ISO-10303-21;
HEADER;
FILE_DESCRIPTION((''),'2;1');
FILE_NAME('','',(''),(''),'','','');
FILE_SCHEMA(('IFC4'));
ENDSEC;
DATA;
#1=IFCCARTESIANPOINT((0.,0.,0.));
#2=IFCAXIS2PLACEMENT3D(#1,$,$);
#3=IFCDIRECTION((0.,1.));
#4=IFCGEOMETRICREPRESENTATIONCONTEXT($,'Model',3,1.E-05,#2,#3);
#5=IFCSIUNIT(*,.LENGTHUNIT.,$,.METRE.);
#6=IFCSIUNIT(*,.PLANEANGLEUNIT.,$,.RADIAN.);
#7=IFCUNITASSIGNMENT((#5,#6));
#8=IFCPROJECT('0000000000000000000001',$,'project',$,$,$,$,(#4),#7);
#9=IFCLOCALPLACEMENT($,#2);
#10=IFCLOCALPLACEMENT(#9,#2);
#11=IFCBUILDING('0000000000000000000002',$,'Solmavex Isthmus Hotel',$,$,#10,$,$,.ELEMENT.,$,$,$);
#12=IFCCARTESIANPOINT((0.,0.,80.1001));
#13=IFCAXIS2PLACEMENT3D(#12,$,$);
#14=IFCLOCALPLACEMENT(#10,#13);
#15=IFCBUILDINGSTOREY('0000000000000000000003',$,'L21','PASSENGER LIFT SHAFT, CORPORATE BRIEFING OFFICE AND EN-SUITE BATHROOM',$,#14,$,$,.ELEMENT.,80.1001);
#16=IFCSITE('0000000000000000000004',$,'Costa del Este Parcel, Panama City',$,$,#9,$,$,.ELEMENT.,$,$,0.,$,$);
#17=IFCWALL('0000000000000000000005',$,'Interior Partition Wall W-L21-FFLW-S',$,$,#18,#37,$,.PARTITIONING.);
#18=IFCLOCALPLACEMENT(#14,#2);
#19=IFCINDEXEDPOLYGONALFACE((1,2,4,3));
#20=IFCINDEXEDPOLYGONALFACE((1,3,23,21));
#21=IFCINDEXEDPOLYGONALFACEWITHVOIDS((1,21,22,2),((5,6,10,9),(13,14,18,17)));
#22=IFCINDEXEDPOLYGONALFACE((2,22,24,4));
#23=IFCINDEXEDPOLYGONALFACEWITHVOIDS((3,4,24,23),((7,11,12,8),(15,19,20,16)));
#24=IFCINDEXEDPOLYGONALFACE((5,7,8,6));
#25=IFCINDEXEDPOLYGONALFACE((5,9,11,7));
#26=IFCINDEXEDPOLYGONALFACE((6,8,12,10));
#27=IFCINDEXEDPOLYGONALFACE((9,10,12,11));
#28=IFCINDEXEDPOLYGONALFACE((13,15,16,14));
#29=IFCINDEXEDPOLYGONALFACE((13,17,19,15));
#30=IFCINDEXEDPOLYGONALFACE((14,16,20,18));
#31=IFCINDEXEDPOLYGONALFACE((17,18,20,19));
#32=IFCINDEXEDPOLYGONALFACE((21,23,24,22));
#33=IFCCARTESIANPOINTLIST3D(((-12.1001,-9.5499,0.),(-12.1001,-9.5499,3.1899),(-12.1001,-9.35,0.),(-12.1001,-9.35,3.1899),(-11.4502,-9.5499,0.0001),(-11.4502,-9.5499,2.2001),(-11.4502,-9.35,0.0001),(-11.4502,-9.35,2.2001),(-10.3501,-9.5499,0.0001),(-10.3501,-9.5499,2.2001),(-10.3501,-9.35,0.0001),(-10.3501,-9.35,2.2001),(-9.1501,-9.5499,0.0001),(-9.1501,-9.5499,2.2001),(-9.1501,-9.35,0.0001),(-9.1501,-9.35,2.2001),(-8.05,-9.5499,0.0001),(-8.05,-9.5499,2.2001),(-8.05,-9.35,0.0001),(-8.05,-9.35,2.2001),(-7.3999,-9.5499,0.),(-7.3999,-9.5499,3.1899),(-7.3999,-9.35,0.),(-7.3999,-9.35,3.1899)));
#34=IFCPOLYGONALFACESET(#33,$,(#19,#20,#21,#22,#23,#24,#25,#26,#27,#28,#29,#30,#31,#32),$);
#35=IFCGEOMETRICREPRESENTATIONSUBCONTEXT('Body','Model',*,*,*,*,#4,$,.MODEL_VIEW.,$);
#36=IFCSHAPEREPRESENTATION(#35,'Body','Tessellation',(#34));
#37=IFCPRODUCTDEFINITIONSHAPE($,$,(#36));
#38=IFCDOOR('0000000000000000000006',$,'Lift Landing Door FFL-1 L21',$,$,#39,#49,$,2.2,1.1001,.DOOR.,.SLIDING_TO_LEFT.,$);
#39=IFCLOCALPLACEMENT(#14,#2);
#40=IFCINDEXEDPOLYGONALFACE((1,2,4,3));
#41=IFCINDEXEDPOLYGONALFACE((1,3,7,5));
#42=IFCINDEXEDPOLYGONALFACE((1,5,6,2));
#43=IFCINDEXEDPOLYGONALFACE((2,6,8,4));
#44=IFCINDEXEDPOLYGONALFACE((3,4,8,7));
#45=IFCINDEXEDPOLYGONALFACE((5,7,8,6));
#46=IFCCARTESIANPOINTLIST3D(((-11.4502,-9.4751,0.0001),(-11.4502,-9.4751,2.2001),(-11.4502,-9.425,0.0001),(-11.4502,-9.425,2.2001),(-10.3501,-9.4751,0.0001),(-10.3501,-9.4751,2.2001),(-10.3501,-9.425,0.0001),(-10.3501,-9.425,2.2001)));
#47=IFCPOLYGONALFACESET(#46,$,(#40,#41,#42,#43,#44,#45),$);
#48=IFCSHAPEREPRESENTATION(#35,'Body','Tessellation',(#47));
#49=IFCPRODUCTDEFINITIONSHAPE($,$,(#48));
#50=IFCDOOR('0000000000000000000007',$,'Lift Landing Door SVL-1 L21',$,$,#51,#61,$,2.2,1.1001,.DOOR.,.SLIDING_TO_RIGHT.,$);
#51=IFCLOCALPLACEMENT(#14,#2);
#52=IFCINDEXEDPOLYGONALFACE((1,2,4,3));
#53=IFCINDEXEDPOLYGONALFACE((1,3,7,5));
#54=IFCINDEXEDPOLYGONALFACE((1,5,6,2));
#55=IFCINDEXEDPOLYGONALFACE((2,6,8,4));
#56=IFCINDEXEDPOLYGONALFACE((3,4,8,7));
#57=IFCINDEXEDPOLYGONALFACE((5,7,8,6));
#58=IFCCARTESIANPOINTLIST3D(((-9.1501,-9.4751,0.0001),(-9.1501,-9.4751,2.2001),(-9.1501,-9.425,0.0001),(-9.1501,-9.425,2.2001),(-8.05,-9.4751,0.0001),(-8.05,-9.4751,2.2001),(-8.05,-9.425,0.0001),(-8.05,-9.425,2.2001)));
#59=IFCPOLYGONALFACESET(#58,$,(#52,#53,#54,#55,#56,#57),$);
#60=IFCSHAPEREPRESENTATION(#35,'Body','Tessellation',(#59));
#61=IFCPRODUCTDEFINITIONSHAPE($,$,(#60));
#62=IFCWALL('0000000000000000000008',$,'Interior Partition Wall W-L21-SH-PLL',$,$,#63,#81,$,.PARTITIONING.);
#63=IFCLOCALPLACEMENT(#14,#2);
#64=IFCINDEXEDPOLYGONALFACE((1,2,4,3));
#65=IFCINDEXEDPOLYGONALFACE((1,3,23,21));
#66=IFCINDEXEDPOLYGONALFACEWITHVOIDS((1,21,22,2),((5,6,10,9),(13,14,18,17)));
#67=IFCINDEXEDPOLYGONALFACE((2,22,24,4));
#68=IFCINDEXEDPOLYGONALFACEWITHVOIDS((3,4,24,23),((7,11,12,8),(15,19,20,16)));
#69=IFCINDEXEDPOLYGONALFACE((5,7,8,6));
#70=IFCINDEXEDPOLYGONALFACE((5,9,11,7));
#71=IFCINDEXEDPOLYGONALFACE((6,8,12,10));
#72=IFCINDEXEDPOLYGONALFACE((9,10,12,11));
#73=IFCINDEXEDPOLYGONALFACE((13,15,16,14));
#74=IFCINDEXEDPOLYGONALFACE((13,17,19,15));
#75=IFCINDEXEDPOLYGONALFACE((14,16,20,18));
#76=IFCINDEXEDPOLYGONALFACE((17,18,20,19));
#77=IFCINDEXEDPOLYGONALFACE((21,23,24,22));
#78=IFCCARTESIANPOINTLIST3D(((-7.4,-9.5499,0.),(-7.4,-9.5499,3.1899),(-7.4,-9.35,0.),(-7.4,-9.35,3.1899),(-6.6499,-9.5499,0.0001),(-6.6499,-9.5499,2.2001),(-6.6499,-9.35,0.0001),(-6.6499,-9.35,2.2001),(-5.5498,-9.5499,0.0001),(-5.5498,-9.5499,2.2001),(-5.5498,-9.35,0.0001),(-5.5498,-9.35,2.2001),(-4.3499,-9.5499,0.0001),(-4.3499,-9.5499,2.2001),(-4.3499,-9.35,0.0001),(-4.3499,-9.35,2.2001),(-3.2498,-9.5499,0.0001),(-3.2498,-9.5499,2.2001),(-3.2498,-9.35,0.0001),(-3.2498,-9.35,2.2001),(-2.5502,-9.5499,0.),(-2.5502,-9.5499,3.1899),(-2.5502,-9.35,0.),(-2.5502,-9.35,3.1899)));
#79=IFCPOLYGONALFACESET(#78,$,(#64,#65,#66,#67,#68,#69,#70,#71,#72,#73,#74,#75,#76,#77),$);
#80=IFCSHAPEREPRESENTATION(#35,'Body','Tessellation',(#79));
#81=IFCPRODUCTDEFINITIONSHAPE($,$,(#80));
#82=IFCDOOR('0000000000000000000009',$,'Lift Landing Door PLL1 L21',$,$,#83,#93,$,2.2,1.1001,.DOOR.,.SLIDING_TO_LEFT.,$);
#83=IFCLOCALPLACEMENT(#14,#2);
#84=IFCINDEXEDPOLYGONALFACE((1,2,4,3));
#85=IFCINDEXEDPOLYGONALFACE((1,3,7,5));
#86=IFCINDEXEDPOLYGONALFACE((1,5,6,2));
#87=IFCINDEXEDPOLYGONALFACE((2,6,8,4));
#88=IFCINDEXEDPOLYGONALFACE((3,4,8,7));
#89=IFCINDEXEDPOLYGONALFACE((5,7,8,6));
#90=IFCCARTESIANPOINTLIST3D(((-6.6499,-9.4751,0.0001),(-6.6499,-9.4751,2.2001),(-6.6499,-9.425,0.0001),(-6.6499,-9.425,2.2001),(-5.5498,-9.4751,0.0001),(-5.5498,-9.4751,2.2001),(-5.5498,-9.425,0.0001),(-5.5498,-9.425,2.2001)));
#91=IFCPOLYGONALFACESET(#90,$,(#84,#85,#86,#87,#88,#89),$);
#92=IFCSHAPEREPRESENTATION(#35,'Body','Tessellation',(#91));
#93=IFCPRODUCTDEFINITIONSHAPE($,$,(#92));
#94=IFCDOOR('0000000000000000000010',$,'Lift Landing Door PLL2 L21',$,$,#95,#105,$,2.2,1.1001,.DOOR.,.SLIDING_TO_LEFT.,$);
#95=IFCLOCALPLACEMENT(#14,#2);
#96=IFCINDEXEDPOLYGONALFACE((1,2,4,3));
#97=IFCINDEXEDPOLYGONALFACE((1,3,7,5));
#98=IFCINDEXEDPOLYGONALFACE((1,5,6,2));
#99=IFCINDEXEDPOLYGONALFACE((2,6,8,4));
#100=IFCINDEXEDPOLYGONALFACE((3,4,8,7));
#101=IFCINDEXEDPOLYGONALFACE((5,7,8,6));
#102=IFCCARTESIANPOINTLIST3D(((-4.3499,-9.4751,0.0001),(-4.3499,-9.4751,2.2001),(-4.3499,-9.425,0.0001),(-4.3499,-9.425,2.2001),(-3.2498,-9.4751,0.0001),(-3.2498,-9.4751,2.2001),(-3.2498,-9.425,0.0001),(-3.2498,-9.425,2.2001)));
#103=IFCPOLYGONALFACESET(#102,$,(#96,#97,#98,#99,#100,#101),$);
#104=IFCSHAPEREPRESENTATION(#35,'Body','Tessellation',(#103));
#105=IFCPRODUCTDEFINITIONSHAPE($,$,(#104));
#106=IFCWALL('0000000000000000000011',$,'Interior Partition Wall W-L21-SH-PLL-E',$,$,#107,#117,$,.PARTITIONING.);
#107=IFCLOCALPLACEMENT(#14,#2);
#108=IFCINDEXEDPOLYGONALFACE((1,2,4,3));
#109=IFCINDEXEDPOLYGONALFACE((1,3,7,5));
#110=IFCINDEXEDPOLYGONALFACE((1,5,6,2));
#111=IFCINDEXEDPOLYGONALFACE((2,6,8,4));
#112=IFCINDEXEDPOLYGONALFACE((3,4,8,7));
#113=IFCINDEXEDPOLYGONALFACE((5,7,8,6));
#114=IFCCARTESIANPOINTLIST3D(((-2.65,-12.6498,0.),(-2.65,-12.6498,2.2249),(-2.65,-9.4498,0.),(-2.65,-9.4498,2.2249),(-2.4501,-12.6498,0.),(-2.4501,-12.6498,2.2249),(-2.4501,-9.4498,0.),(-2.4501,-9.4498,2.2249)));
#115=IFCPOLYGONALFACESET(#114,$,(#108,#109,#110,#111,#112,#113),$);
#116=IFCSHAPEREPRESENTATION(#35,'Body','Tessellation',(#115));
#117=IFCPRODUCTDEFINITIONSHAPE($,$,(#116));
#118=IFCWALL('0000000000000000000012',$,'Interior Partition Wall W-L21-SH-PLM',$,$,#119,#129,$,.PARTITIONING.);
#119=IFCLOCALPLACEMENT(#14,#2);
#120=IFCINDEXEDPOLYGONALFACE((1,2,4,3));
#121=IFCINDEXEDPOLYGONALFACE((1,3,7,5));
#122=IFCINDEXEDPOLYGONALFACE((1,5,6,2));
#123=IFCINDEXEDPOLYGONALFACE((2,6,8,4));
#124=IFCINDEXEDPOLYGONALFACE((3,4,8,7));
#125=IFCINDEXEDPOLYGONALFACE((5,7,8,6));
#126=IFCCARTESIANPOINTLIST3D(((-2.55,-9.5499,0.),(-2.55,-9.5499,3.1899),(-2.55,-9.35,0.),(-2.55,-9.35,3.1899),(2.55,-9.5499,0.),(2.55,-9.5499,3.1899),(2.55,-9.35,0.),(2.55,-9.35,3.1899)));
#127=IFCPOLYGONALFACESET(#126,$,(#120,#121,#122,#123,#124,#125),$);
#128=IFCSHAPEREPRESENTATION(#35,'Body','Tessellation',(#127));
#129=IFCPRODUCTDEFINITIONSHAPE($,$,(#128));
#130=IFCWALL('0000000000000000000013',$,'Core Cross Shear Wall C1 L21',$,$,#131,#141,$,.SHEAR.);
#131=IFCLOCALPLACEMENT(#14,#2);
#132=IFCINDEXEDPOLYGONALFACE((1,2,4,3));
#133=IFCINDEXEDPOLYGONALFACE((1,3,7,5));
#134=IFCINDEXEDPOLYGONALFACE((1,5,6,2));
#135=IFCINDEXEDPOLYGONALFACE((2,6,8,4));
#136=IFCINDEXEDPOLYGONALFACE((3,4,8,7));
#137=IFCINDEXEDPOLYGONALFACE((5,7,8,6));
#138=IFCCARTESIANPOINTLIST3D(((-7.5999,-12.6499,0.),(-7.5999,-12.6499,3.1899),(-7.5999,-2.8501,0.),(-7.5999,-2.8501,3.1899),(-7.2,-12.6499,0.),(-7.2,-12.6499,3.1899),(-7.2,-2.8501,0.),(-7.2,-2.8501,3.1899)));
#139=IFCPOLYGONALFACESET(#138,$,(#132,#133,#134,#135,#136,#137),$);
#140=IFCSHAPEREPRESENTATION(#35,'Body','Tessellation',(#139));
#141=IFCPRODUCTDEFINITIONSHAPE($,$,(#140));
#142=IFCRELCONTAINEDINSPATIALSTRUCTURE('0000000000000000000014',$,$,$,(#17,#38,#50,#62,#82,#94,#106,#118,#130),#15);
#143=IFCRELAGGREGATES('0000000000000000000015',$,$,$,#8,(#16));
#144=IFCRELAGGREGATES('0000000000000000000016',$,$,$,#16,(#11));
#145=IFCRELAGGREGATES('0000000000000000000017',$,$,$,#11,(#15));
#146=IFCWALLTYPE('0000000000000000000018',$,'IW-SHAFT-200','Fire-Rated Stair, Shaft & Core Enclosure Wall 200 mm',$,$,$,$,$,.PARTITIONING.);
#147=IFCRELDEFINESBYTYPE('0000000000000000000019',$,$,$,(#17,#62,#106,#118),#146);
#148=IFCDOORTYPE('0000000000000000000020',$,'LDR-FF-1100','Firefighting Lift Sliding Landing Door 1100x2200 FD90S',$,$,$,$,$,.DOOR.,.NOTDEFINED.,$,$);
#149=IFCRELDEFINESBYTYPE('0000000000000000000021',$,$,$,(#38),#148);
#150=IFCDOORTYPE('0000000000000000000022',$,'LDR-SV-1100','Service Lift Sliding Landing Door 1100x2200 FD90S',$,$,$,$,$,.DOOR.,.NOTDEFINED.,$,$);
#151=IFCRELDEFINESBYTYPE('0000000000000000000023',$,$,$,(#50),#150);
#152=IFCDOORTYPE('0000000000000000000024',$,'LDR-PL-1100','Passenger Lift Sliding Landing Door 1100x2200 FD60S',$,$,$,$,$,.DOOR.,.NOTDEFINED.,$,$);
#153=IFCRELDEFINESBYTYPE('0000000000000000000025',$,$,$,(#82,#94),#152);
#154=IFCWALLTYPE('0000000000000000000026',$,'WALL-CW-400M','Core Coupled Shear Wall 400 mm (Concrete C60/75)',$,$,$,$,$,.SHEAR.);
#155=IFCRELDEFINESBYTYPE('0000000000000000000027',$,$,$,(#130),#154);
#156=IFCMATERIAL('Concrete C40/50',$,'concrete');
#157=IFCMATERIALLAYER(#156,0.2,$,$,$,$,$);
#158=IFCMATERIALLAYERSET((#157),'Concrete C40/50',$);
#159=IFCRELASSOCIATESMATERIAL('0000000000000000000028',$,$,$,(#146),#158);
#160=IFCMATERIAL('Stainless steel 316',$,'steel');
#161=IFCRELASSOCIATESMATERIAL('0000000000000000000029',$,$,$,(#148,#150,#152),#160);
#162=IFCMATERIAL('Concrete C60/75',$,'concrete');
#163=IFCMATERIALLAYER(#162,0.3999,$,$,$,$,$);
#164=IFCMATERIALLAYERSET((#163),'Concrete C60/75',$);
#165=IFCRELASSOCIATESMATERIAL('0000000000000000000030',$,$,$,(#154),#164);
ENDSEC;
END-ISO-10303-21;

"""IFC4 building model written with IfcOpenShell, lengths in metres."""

from ifc_helpers import new_model, si_unit, direction, frame, frame_2d, origin, place, context, subcontext, project, spatial, rectangle, extrude, material, layer, layer_set, type_object, element, fill, save


model = new_model("IFC4")

# Units and contexts
model_context = context("Model", 3, precision=1e-05, world=origin(), true_north=direction((0.0, 1.0)))
body_context = subcontext(model_context, "Body", "Model", "MODEL_VIEW")
ifc_project = project(units=[si_unit("LENGTHUNIT", "METRE"), si_unit("PLANEANGLEUNIT", "RADIAN")], contexts=[model_context])

# Site, building, storey
site_placement = place(None, origin())
site = spatial("IfcSite", under=ifc_project, at=site_placement, Name="Costa del Este Parcel, Panama City", CompositionType="ELEMENT", RefElevation=0.0)
building_placement = place(site_placement, origin())
building = spatial("IfcBuilding", under=site, at=building_placement, Name="Solmavex Isthmus Hotel", CompositionType="ELEMENT")
storey_placement = place(building_placement, frame((0.0, 0.0, 80.1001)))
storey = spatial("IfcBuildingStorey", under=building, at=storey_placement, Name="L21", Description="PASSENGER LIFT SHAFT, CORPORATE BRIEFING OFFICE AND EN-SUITE BATHROOM", CompositionType="ELEMENT", Elevation=80.1001)

# Shared definitions
ifc_material_1 = material(Name="Concrete C40/50", Category="concrete")

# Shared definitions
ifc_layer_1 = layer(ifc_material_1, 0.2)
ifc_layer_set_1 = layer_set([ifc_layer_1], Name="Concrete C40/50")
wall_type_1 = type_object("IfcWallType", Name="IW-SHAFT-200", Description="Fire-Rated Stair, Shaft & Core Enclosure Wall 200 mm", PredefinedType="PARTITIONING", material=ifc_layer_set_1)

# Walls, openings, doors
wall_1_placement = place(storey_placement, frame((-12.1001, -9.45, 0.0), z_axis=(0.0, 0.0, 1.0), x_axis=(1.0, 0.0, 0.0)))
wall_1 = element("IfcWall", 1, at=wall_1_placement, inside=storey, type_object=wall_type_1, Name="Interior Partition Wall W-L21-FFLW-S", PredefinedType="PARTITIONING", context=body_context, shape_type="SweptSolid", body=[
    extrude(rectangle(XDim=4.7002, YDim=0.2, at=frame_2d((2.3501, 0.0))), origin(), (0.0, 0.0, 1.0), 3.1899),
])
opening_1_placement = place(wall_1_placement, frame((0.6499, 0.0, 0.0)))
opening_1 = element("IfcOpeningElement", 2, at=opening_1_placement, cuts=wall_1, PredefinedType="OPENING", context=body_context, shape_type="SweptSolid", body=[
    extrude(rectangle(XDim=1.1001, YDim=2.2, at=frame_2d((0.55, 1.1001))), frame((0.0, 0.1099, 0.0), z_axis=(0.0, -1.0, 0.0), x_axis=(1.0, 0.0, 0.0)), (0.0, 0.0, 1.0), 0.22),
])
opening_2_placement = place(wall_1_placement, frame((2.95, 0.0, 0.0)))
opening_2 = element("IfcOpeningElement", 3, at=opening_2_placement, cuts=wall_1, PredefinedType="OPENING", context=body_context, shape_type="SweptSolid", body=[
    extrude(rectangle(XDim=1.1001, YDim=2.2, at=frame_2d((0.55, 1.1001))), frame((0.0, 0.1099, 0.0), z_axis=(0.0, -1.0, 0.0), x_axis=(1.0, 0.0, 0.0)), (0.0, 0.0, 1.0), 0.22),
])
ifc_material_2 = material(Name="Stainless steel 316", Category="steel")
door_type_1 = type_object("IfcDoorType", Name="LDR-FF-1100", Description="Firefighting Lift Sliding Landing Door 1100x2200 FD90S", OperationType="NOTDEFINED", PredefinedType="DOOR", material=ifc_material_2)
door_1_placement = place(opening_1_placement, origin())
door_1 = element("IfcDoor", 4, at=door_1_placement, inside=storey, type_object=door_type_1, Name="Lift Landing Door FFL-1 L21", OperationType="SLIDING_TO_LEFT", OverallHeight=2.2, OverallWidth=1.1001, PredefinedType="DOOR", context=body_context, shape_type="SweptSolid", body=[
    extrude(rectangle(XDim=1.1001, YDim=2.2, at=frame_2d((0.55, 1.1001))), frame((0.0, 0.0249, 0.0), z_axis=(0.0, -1.0, 0.0), x_axis=(1.0, 0.0, 0.0)), (0.0, 0.0, 1.0), 0.05),
])
fill(opening_1, door_1)
door_type_2 = type_object("IfcDoorType", Name="LDR-SV-1100", Description="Service Lift Sliding Landing Door 1100x2200 FD90S", OperationType="NOTDEFINED", PredefinedType="DOOR", material=ifc_material_2)
door_2_placement = place(opening_2_placement, origin())
door_2 = element("IfcDoor", 5, at=door_2_placement, inside=storey, type_object=door_type_2, Name="Lift Landing Door SVL-1 L21", OperationType="SLIDING_TO_RIGHT", OverallHeight=2.2, OverallWidth=1.1001, PredefinedType="DOOR", context=body_context, shape_type="SweptSolid", body=[
    extrude(rectangle(XDim=1.1001, YDim=2.2, at=frame_2d((0.55, 1.1001))), frame((0.0, 0.0249, 0.0), z_axis=(0.0, -1.0, 0.0), x_axis=(1.0, 0.0, 0.0)), (0.0, 0.0, 1.0), 0.05),
])
fill(opening_2, door_2)
wall_2_placement = place(storey_placement, frame((-7.3999, -9.45, 0.0), z_axis=(0.0, 0.0, 1.0), x_axis=(1.0, 0.0, 0.0)))
wall_2 = element("IfcWall", 6, at=wall_2_placement, inside=storey, type_object=wall_type_1, Name="Interior Partition Wall W-L21-SH-PLL", PredefinedType="PARTITIONING", context=body_context, shape_type="SweptSolid", body=[
    extrude(rectangle(XDim=4.8499, YDim=0.2, at=frame_2d((2.4248, 0.0))), origin(), (0.0, 0.0, 1.0), 3.1899),
])
opening_3_placement = place(wall_2_placement, frame((0.75, 0.0, 0.0)))
opening_3 = element("IfcOpeningElement", 7, at=opening_3_placement, cuts=wall_2, PredefinedType="OPENING", context=body_context, shape_type="SweptSolid", body=[
    extrude(rectangle(XDim=1.1001, YDim=2.2, at=frame_2d((0.55, 1.1001))), frame((0.0, 0.1099, 0.0), z_axis=(0.0, -1.0, 0.0), x_axis=(1.0, 0.0, 0.0)), (0.0, 0.0, 1.0), 0.22),
])
opening_4_placement = place(wall_2_placement, frame((3.05, 0.0, 0.0)))
opening_4 = element("IfcOpeningElement", 8, at=opening_4_placement, cuts=wall_2, PredefinedType="OPENING", context=body_context, shape_type="SweptSolid", body=[
    extrude(rectangle(XDim=1.1001, YDim=2.2, at=frame_2d((0.55, 1.1001))), frame((0.0, 0.1099, 0.0), z_axis=(0.0, -1.0, 0.0), x_axis=(1.0, 0.0, 0.0)), (0.0, 0.0, 1.0), 0.22),
])
door_type_3 = type_object("IfcDoorType", Name="LDR-PL-1100", Description="Passenger Lift Sliding Landing Door 1100x2200 FD60S", OperationType="NOTDEFINED", PredefinedType="DOOR", material=ifc_material_2)
door_3_placement = place(opening_3_placement, origin())
door_3 = element("IfcDoor", 9, at=door_3_placement, inside=storey, type_object=door_type_3, Name="Lift Landing Door PLL1 L21", OperationType="SLIDING_TO_LEFT", OverallHeight=2.2, OverallWidth=1.1001, PredefinedType="DOOR", context=body_context, shape_type="SweptSolid", body=[
    extrude(rectangle(XDim=1.1001, YDim=2.2, at=frame_2d((0.55, 1.1001))), frame((0.0, 0.0249, 0.0), z_axis=(0.0, -1.0, 0.0), x_axis=(1.0, 0.0, 0.0)), (0.0, 0.0, 1.0), 0.05),
])
fill(opening_3, door_3)
door_4_placement = place(opening_4_placement, origin())
door_4 = element("IfcDoor", 10, at=door_4_placement, inside=storey, type_object=door_type_3, Name="Lift Landing Door PLL2 L21", OperationType="SLIDING_TO_LEFT", OverallHeight=2.2, OverallWidth=1.1001, PredefinedType="DOOR", context=body_context, shape_type="SweptSolid", body=[
    extrude(rectangle(XDim=1.1001, YDim=2.2, at=frame_2d((0.55, 1.1001))), frame((0.0, 0.0249, 0.0), z_axis=(0.0, -1.0, 0.0), x_axis=(1.0, 0.0, 0.0)), (0.0, 0.0, 1.0), 0.05),
])
fill(opening_4, door_4)

# Walls
wall_3_placement = place(storey_placement, frame((-2.55, -12.6499, 0.0), z_axis=(0.0, 0.0, 1.0), x_axis=(0.0, 1.0, 0.0)))
element("IfcWall", 11, at=wall_3_placement, inside=storey, type_object=wall_type_1, Name="Interior Partition Wall W-L21-SH-PLL-E", PredefinedType="PARTITIONING", context=body_context, shape_type="SweptSolid", body=[
    extrude(rectangle(XDim=3.2, YDim=0.2, at=frame_2d((1.6001, 0.0))), origin(), (0.0, 0.0, 1.0), 2.2249),
])
wall_4_placement = place(storey_placement, frame((-2.55, -9.45, 0.0), z_axis=(0.0, 0.0, 1.0), x_axis=(1.0, 0.0, 0.0)))
element("IfcWall", 12, at=wall_4_placement, inside=storey, type_object=wall_type_1, Name="Interior Partition Wall W-L21-SH-PLM", PredefinedType="PARTITIONING", context=body_context, shape_type="SweptSolid", body=[
    extrude(rectangle(XDim=5.1001, YDim=0.2, at=frame_2d((2.55, 0.0))), origin(), (0.0, 0.0, 1.0), 3.1899),
])
ifc_material_3 = material(Name="Concrete C60/75", Category="concrete")
ifc_layer_2 = layer(ifc_material_3, 0.3999)
ifc_layer_set_2 = layer_set([ifc_layer_2], Name="Concrete C60/75")
wall_type_2 = type_object("IfcWallType", Name="WALL-CW-400M", Description="Core Coupled Shear Wall 400 mm (Concrete C60/75)", PredefinedType="SHEAR", material=ifc_layer_set_2)
wall_5_placement = place(storey_placement, frame((-7.3999, -12.6499, 0.0), z_axis=(0.0, 0.0, 1.0), x_axis=(0.0, 1.0, 0.0)))
element("IfcWall", 13, at=wall_5_placement, inside=storey, type_object=wall_type_2, Name="Core Cross Shear Wall C1 L21", PredefinedType="SHEAR", context=body_context, shape_type="SweptSolid", body=[
    extrude(rectangle(XDim=9.7998, YDim=0.3999, at=frame_2d((4.8999, 0.0))), origin(), (0.0, 0.0, 1.0), 3.1899),
])

save(model, "model.ifc")
